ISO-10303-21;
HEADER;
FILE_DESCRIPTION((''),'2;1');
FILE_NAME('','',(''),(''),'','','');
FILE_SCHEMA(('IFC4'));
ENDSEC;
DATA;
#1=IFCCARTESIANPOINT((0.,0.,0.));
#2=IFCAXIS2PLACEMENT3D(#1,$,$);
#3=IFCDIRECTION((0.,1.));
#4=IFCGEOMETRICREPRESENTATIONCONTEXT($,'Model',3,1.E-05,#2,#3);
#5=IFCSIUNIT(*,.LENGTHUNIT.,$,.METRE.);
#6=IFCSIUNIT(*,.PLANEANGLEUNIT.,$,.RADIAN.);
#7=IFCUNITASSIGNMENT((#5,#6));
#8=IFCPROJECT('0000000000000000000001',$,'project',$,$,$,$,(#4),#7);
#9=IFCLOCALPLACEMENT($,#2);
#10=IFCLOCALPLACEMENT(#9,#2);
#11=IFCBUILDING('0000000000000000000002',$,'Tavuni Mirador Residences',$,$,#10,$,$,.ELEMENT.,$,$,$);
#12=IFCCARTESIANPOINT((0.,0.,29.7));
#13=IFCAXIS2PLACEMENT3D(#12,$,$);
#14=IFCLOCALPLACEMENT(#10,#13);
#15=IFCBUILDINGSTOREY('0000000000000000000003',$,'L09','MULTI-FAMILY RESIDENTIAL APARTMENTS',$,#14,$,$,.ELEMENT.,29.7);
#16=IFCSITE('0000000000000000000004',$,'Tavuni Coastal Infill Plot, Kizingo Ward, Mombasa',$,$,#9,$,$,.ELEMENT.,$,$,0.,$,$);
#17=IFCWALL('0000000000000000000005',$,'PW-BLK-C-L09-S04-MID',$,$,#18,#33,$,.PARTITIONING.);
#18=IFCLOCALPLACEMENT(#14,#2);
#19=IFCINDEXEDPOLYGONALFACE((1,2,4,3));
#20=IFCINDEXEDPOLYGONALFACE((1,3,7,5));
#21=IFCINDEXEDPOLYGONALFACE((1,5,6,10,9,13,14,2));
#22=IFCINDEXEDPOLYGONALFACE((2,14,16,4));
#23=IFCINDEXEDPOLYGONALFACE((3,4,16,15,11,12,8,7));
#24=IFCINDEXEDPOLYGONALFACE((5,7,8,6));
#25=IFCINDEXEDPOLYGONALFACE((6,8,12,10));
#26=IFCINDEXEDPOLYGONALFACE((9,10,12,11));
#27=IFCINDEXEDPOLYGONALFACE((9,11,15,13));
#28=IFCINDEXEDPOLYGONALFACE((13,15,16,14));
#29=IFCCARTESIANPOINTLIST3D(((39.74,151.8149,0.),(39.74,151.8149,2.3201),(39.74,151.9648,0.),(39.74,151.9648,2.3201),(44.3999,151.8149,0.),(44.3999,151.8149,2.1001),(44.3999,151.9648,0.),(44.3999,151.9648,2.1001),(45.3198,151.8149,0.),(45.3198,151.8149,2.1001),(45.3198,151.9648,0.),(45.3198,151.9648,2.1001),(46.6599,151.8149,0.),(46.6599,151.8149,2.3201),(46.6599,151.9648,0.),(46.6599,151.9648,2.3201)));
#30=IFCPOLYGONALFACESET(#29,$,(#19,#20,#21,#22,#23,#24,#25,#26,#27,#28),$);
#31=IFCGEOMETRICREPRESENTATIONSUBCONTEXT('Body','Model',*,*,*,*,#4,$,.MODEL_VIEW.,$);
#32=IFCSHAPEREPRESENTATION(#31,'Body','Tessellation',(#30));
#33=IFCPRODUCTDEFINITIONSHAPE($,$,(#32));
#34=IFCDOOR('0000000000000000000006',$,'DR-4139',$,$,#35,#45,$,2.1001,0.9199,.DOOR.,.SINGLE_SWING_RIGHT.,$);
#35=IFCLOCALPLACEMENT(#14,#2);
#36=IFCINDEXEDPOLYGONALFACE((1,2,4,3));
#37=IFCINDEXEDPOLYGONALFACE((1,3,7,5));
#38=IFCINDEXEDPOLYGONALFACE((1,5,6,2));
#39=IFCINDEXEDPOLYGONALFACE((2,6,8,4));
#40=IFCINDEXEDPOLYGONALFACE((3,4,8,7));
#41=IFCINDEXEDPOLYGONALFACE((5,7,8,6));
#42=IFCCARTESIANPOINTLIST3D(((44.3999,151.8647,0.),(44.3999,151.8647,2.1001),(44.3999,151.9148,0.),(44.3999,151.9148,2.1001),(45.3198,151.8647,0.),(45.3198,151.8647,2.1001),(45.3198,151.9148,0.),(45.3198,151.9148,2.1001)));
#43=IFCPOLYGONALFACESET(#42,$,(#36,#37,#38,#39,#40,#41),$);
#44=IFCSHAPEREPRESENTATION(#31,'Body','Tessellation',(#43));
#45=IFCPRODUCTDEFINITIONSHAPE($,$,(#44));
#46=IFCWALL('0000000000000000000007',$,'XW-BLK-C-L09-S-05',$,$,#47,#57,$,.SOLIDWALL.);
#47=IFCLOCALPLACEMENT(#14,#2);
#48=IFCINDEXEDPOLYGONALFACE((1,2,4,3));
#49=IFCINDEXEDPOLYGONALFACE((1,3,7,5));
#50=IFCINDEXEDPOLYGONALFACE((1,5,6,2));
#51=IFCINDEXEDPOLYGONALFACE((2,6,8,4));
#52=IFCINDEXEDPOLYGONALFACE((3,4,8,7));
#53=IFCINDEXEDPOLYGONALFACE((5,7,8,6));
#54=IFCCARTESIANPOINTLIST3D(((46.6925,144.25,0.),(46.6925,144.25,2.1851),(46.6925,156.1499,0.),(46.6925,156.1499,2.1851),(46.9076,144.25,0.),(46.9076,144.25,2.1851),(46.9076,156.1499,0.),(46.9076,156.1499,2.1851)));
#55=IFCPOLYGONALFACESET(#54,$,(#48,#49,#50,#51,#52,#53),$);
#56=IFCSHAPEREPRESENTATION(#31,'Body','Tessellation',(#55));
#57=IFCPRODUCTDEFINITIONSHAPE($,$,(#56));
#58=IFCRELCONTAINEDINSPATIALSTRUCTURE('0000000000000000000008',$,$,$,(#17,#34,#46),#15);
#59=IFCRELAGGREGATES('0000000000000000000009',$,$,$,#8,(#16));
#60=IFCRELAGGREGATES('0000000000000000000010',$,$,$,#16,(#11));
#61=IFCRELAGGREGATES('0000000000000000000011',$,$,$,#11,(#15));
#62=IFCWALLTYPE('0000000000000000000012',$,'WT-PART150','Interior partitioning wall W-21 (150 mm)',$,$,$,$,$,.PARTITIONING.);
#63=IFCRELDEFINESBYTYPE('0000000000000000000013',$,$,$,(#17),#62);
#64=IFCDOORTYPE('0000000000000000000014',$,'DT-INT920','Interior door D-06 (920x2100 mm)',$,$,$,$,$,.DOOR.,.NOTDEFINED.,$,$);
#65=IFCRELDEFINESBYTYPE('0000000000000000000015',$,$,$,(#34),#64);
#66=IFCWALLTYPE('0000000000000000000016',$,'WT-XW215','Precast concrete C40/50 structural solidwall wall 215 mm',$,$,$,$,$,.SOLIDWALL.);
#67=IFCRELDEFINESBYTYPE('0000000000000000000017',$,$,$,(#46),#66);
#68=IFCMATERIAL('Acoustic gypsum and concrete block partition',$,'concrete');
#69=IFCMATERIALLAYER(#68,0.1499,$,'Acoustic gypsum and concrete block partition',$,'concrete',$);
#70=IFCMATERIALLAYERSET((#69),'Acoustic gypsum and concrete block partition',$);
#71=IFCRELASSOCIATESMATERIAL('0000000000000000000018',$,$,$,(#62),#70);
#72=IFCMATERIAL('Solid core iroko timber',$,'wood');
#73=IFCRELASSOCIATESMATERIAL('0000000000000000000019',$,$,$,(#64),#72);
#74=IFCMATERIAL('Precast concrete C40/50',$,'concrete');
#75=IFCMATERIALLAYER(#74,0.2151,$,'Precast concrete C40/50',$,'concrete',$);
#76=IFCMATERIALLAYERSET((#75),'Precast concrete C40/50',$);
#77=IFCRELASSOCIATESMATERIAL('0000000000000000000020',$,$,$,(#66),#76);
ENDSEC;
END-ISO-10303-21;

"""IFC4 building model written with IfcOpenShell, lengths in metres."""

from ifc_helpers import new_model, si_unit, direction, frame, frame_2d, origin, place, context, subcontext, project, spatial, rectangle, extrude, material, layer, layer_set, type_object, element, fill, save


model = new_model("IFC4")

# Units and contexts
model_context = context("Model", 3, precision=1e-05, world=origin(), true_north=direction((0.0, 1.0)))
body_context = subcontext(model_context, "Body", "Model", "MODEL_VIEW")
ifc_project = project(units=[si_unit("LENGTHUNIT", "METRE"), si_unit("PLANEANGLEUNIT", "RADIAN")], contexts=[model_context])

# Site, building, storey
site_placement = place(None, origin())
site = spatial("IfcSite", under=ifc_project, at=site_placement, Name="Tavuni Coastal Infill Plot, Kizingo Ward, Mombasa", CompositionType="ELEMENT", RefElevation=0.0)
building_placement = place(site_placement, origin())
building = spatial("IfcBuilding", under=site, at=building_placement, Name="Tavuni Mirador Residences", CompositionType="ELEMENT")
storey_placement = place(building_placement, frame((0.0, 0.0, 29.7)))
storey = spatial("IfcBuildingStorey", under=building, at=storey_placement, Name="L09", Description="MULTI-FAMILY RESIDENTIAL APARTMENTS", CompositionType="ELEMENT", Elevation=29.7)

# Shared definitions
ifc_material_1 = material(Name="Precast concrete C40/50", Category="concrete")

# Wall, opening, door
ifc_material_2 = material(Name="Acoustic gypsum and concrete block partition", Category="concrete")
ifc_material_3 = material(Name="Solid core iroko timber", Category="wood")
ifc_layer_1 = layer(ifc_material_2, 0.1499, Name="Acoustic gypsum and concrete block partition", Category="concrete")
ifc_layer_set_1 = layer_set([ifc_layer_1], Name="Acoustic gypsum and concrete block partition")
wall_type_1 = type_object("IfcWallType", Name="WT-PART150", Description="Interior partitioning wall W-21 (150 mm)", PredefinedType="PARTITIONING", material=ifc_layer_set_1)
wall_1_placement = place(storey_placement, frame((39.74, 151.8899, 0.0), z_axis=(0.0, 0.0, 1.0), x_axis=(1.0, 0.0, 0.0)))
wall_1 = element("IfcWall", 1, at=wall_1_placement, inside=storey, type_object=wall_type_1, Name="PW-BLK-C-L09-S04-MID", PredefinedType="PARTITIONING", context=body_context, shape_type="SweptSolid", body=[
    extrude(rectangle(XDim=6.9199, YDim=0.1499, at=frame_2d((3.46, 0.0))), origin(), (0.0, 0.0, 1.0), 2.3201),
])
opening_1_placement = place(wall_1_placement, frame((4.6599, 0.0, 0.0)))
opening_1 = element("IfcOpeningElement", 2, at=opening_1_placement, cuts=wall_1, PredefinedType="OPENING", context=body_context, shape_type="SweptSolid", body=[
    extrude(rectangle(XDim=0.9199, YDim=2.1001, at=frame_2d((0.46, 1.05))), frame((0.0, 0.085, 0.0), z_axis=(0.0, -1.0, 0.0), x_axis=(1.0, 0.0, 0.0)), (0.0, 0.0, 1.0), 0.1699),
])
door_type_1 = type_object("IfcDoorType", Name="DT-INT920", Description="Interior door D-06 (920x2100 mm)", OperationType="NOTDEFINED", PredefinedType="DOOR", material=ifc_material_3)
door_1_placement = place(opening_1_placement, origin())
door_1 = element("IfcDoor", 3, at=door_1_placement, inside=storey, type_object=door_type_1, Name="DR-4139", OperationType="SINGLE_SWING_RIGHT", OverallHeight=2.1001, OverallWidth=0.9199, PredefinedType="DOOR", context=body_context, shape_type="SweptSolid", body=[
    extrude(rectangle(XDim=0.9199, YDim=2.1001, at=frame_2d((0.46, 1.05))), frame((0.0, 0.0249, 0.0), z_axis=(0.0, -1.0, 0.0), x_axis=(1.0, 0.0, 0.0)), (0.0, 0.0, 1.0), 0.05),
])
fill(opening_1, door_1)

# Wall
ifc_layer_2 = layer(ifc_material_1, 0.2151, Name="Precast concrete C40/50", Category="concrete")
ifc_layer_set_2 = layer_set([ifc_layer_2], Name="Precast concrete C40/50")
wall_type_2 = type_object("IfcWallType", Name="WT-XW215", Description="Precast concrete C40/50 structural solidwall wall 215 mm", PredefinedType="SOLIDWALL", material=ifc_layer_set_2)
wall_2_placement = place(storey_placement, frame((46.8, 144.25, 0.0), z_axis=(0.0, 0.0, 1.0), x_axis=(0.0, 1.0, 0.0)))
element("IfcWall", 4, at=wall_2_placement, inside=storey, type_object=wall_type_2, Name="XW-BLK-C-L09-S-05", PredefinedType="SOLIDWALL", context=body_context, shape_type="SweptSolid", body=[
    extrude(rectangle(XDim=11.8999, YDim=0.2151, at=frame_2d((5.95, 0.0))), origin(), (0.0, 0.0, 1.0), 2.1851),
])

save(model, "model.ifc")
